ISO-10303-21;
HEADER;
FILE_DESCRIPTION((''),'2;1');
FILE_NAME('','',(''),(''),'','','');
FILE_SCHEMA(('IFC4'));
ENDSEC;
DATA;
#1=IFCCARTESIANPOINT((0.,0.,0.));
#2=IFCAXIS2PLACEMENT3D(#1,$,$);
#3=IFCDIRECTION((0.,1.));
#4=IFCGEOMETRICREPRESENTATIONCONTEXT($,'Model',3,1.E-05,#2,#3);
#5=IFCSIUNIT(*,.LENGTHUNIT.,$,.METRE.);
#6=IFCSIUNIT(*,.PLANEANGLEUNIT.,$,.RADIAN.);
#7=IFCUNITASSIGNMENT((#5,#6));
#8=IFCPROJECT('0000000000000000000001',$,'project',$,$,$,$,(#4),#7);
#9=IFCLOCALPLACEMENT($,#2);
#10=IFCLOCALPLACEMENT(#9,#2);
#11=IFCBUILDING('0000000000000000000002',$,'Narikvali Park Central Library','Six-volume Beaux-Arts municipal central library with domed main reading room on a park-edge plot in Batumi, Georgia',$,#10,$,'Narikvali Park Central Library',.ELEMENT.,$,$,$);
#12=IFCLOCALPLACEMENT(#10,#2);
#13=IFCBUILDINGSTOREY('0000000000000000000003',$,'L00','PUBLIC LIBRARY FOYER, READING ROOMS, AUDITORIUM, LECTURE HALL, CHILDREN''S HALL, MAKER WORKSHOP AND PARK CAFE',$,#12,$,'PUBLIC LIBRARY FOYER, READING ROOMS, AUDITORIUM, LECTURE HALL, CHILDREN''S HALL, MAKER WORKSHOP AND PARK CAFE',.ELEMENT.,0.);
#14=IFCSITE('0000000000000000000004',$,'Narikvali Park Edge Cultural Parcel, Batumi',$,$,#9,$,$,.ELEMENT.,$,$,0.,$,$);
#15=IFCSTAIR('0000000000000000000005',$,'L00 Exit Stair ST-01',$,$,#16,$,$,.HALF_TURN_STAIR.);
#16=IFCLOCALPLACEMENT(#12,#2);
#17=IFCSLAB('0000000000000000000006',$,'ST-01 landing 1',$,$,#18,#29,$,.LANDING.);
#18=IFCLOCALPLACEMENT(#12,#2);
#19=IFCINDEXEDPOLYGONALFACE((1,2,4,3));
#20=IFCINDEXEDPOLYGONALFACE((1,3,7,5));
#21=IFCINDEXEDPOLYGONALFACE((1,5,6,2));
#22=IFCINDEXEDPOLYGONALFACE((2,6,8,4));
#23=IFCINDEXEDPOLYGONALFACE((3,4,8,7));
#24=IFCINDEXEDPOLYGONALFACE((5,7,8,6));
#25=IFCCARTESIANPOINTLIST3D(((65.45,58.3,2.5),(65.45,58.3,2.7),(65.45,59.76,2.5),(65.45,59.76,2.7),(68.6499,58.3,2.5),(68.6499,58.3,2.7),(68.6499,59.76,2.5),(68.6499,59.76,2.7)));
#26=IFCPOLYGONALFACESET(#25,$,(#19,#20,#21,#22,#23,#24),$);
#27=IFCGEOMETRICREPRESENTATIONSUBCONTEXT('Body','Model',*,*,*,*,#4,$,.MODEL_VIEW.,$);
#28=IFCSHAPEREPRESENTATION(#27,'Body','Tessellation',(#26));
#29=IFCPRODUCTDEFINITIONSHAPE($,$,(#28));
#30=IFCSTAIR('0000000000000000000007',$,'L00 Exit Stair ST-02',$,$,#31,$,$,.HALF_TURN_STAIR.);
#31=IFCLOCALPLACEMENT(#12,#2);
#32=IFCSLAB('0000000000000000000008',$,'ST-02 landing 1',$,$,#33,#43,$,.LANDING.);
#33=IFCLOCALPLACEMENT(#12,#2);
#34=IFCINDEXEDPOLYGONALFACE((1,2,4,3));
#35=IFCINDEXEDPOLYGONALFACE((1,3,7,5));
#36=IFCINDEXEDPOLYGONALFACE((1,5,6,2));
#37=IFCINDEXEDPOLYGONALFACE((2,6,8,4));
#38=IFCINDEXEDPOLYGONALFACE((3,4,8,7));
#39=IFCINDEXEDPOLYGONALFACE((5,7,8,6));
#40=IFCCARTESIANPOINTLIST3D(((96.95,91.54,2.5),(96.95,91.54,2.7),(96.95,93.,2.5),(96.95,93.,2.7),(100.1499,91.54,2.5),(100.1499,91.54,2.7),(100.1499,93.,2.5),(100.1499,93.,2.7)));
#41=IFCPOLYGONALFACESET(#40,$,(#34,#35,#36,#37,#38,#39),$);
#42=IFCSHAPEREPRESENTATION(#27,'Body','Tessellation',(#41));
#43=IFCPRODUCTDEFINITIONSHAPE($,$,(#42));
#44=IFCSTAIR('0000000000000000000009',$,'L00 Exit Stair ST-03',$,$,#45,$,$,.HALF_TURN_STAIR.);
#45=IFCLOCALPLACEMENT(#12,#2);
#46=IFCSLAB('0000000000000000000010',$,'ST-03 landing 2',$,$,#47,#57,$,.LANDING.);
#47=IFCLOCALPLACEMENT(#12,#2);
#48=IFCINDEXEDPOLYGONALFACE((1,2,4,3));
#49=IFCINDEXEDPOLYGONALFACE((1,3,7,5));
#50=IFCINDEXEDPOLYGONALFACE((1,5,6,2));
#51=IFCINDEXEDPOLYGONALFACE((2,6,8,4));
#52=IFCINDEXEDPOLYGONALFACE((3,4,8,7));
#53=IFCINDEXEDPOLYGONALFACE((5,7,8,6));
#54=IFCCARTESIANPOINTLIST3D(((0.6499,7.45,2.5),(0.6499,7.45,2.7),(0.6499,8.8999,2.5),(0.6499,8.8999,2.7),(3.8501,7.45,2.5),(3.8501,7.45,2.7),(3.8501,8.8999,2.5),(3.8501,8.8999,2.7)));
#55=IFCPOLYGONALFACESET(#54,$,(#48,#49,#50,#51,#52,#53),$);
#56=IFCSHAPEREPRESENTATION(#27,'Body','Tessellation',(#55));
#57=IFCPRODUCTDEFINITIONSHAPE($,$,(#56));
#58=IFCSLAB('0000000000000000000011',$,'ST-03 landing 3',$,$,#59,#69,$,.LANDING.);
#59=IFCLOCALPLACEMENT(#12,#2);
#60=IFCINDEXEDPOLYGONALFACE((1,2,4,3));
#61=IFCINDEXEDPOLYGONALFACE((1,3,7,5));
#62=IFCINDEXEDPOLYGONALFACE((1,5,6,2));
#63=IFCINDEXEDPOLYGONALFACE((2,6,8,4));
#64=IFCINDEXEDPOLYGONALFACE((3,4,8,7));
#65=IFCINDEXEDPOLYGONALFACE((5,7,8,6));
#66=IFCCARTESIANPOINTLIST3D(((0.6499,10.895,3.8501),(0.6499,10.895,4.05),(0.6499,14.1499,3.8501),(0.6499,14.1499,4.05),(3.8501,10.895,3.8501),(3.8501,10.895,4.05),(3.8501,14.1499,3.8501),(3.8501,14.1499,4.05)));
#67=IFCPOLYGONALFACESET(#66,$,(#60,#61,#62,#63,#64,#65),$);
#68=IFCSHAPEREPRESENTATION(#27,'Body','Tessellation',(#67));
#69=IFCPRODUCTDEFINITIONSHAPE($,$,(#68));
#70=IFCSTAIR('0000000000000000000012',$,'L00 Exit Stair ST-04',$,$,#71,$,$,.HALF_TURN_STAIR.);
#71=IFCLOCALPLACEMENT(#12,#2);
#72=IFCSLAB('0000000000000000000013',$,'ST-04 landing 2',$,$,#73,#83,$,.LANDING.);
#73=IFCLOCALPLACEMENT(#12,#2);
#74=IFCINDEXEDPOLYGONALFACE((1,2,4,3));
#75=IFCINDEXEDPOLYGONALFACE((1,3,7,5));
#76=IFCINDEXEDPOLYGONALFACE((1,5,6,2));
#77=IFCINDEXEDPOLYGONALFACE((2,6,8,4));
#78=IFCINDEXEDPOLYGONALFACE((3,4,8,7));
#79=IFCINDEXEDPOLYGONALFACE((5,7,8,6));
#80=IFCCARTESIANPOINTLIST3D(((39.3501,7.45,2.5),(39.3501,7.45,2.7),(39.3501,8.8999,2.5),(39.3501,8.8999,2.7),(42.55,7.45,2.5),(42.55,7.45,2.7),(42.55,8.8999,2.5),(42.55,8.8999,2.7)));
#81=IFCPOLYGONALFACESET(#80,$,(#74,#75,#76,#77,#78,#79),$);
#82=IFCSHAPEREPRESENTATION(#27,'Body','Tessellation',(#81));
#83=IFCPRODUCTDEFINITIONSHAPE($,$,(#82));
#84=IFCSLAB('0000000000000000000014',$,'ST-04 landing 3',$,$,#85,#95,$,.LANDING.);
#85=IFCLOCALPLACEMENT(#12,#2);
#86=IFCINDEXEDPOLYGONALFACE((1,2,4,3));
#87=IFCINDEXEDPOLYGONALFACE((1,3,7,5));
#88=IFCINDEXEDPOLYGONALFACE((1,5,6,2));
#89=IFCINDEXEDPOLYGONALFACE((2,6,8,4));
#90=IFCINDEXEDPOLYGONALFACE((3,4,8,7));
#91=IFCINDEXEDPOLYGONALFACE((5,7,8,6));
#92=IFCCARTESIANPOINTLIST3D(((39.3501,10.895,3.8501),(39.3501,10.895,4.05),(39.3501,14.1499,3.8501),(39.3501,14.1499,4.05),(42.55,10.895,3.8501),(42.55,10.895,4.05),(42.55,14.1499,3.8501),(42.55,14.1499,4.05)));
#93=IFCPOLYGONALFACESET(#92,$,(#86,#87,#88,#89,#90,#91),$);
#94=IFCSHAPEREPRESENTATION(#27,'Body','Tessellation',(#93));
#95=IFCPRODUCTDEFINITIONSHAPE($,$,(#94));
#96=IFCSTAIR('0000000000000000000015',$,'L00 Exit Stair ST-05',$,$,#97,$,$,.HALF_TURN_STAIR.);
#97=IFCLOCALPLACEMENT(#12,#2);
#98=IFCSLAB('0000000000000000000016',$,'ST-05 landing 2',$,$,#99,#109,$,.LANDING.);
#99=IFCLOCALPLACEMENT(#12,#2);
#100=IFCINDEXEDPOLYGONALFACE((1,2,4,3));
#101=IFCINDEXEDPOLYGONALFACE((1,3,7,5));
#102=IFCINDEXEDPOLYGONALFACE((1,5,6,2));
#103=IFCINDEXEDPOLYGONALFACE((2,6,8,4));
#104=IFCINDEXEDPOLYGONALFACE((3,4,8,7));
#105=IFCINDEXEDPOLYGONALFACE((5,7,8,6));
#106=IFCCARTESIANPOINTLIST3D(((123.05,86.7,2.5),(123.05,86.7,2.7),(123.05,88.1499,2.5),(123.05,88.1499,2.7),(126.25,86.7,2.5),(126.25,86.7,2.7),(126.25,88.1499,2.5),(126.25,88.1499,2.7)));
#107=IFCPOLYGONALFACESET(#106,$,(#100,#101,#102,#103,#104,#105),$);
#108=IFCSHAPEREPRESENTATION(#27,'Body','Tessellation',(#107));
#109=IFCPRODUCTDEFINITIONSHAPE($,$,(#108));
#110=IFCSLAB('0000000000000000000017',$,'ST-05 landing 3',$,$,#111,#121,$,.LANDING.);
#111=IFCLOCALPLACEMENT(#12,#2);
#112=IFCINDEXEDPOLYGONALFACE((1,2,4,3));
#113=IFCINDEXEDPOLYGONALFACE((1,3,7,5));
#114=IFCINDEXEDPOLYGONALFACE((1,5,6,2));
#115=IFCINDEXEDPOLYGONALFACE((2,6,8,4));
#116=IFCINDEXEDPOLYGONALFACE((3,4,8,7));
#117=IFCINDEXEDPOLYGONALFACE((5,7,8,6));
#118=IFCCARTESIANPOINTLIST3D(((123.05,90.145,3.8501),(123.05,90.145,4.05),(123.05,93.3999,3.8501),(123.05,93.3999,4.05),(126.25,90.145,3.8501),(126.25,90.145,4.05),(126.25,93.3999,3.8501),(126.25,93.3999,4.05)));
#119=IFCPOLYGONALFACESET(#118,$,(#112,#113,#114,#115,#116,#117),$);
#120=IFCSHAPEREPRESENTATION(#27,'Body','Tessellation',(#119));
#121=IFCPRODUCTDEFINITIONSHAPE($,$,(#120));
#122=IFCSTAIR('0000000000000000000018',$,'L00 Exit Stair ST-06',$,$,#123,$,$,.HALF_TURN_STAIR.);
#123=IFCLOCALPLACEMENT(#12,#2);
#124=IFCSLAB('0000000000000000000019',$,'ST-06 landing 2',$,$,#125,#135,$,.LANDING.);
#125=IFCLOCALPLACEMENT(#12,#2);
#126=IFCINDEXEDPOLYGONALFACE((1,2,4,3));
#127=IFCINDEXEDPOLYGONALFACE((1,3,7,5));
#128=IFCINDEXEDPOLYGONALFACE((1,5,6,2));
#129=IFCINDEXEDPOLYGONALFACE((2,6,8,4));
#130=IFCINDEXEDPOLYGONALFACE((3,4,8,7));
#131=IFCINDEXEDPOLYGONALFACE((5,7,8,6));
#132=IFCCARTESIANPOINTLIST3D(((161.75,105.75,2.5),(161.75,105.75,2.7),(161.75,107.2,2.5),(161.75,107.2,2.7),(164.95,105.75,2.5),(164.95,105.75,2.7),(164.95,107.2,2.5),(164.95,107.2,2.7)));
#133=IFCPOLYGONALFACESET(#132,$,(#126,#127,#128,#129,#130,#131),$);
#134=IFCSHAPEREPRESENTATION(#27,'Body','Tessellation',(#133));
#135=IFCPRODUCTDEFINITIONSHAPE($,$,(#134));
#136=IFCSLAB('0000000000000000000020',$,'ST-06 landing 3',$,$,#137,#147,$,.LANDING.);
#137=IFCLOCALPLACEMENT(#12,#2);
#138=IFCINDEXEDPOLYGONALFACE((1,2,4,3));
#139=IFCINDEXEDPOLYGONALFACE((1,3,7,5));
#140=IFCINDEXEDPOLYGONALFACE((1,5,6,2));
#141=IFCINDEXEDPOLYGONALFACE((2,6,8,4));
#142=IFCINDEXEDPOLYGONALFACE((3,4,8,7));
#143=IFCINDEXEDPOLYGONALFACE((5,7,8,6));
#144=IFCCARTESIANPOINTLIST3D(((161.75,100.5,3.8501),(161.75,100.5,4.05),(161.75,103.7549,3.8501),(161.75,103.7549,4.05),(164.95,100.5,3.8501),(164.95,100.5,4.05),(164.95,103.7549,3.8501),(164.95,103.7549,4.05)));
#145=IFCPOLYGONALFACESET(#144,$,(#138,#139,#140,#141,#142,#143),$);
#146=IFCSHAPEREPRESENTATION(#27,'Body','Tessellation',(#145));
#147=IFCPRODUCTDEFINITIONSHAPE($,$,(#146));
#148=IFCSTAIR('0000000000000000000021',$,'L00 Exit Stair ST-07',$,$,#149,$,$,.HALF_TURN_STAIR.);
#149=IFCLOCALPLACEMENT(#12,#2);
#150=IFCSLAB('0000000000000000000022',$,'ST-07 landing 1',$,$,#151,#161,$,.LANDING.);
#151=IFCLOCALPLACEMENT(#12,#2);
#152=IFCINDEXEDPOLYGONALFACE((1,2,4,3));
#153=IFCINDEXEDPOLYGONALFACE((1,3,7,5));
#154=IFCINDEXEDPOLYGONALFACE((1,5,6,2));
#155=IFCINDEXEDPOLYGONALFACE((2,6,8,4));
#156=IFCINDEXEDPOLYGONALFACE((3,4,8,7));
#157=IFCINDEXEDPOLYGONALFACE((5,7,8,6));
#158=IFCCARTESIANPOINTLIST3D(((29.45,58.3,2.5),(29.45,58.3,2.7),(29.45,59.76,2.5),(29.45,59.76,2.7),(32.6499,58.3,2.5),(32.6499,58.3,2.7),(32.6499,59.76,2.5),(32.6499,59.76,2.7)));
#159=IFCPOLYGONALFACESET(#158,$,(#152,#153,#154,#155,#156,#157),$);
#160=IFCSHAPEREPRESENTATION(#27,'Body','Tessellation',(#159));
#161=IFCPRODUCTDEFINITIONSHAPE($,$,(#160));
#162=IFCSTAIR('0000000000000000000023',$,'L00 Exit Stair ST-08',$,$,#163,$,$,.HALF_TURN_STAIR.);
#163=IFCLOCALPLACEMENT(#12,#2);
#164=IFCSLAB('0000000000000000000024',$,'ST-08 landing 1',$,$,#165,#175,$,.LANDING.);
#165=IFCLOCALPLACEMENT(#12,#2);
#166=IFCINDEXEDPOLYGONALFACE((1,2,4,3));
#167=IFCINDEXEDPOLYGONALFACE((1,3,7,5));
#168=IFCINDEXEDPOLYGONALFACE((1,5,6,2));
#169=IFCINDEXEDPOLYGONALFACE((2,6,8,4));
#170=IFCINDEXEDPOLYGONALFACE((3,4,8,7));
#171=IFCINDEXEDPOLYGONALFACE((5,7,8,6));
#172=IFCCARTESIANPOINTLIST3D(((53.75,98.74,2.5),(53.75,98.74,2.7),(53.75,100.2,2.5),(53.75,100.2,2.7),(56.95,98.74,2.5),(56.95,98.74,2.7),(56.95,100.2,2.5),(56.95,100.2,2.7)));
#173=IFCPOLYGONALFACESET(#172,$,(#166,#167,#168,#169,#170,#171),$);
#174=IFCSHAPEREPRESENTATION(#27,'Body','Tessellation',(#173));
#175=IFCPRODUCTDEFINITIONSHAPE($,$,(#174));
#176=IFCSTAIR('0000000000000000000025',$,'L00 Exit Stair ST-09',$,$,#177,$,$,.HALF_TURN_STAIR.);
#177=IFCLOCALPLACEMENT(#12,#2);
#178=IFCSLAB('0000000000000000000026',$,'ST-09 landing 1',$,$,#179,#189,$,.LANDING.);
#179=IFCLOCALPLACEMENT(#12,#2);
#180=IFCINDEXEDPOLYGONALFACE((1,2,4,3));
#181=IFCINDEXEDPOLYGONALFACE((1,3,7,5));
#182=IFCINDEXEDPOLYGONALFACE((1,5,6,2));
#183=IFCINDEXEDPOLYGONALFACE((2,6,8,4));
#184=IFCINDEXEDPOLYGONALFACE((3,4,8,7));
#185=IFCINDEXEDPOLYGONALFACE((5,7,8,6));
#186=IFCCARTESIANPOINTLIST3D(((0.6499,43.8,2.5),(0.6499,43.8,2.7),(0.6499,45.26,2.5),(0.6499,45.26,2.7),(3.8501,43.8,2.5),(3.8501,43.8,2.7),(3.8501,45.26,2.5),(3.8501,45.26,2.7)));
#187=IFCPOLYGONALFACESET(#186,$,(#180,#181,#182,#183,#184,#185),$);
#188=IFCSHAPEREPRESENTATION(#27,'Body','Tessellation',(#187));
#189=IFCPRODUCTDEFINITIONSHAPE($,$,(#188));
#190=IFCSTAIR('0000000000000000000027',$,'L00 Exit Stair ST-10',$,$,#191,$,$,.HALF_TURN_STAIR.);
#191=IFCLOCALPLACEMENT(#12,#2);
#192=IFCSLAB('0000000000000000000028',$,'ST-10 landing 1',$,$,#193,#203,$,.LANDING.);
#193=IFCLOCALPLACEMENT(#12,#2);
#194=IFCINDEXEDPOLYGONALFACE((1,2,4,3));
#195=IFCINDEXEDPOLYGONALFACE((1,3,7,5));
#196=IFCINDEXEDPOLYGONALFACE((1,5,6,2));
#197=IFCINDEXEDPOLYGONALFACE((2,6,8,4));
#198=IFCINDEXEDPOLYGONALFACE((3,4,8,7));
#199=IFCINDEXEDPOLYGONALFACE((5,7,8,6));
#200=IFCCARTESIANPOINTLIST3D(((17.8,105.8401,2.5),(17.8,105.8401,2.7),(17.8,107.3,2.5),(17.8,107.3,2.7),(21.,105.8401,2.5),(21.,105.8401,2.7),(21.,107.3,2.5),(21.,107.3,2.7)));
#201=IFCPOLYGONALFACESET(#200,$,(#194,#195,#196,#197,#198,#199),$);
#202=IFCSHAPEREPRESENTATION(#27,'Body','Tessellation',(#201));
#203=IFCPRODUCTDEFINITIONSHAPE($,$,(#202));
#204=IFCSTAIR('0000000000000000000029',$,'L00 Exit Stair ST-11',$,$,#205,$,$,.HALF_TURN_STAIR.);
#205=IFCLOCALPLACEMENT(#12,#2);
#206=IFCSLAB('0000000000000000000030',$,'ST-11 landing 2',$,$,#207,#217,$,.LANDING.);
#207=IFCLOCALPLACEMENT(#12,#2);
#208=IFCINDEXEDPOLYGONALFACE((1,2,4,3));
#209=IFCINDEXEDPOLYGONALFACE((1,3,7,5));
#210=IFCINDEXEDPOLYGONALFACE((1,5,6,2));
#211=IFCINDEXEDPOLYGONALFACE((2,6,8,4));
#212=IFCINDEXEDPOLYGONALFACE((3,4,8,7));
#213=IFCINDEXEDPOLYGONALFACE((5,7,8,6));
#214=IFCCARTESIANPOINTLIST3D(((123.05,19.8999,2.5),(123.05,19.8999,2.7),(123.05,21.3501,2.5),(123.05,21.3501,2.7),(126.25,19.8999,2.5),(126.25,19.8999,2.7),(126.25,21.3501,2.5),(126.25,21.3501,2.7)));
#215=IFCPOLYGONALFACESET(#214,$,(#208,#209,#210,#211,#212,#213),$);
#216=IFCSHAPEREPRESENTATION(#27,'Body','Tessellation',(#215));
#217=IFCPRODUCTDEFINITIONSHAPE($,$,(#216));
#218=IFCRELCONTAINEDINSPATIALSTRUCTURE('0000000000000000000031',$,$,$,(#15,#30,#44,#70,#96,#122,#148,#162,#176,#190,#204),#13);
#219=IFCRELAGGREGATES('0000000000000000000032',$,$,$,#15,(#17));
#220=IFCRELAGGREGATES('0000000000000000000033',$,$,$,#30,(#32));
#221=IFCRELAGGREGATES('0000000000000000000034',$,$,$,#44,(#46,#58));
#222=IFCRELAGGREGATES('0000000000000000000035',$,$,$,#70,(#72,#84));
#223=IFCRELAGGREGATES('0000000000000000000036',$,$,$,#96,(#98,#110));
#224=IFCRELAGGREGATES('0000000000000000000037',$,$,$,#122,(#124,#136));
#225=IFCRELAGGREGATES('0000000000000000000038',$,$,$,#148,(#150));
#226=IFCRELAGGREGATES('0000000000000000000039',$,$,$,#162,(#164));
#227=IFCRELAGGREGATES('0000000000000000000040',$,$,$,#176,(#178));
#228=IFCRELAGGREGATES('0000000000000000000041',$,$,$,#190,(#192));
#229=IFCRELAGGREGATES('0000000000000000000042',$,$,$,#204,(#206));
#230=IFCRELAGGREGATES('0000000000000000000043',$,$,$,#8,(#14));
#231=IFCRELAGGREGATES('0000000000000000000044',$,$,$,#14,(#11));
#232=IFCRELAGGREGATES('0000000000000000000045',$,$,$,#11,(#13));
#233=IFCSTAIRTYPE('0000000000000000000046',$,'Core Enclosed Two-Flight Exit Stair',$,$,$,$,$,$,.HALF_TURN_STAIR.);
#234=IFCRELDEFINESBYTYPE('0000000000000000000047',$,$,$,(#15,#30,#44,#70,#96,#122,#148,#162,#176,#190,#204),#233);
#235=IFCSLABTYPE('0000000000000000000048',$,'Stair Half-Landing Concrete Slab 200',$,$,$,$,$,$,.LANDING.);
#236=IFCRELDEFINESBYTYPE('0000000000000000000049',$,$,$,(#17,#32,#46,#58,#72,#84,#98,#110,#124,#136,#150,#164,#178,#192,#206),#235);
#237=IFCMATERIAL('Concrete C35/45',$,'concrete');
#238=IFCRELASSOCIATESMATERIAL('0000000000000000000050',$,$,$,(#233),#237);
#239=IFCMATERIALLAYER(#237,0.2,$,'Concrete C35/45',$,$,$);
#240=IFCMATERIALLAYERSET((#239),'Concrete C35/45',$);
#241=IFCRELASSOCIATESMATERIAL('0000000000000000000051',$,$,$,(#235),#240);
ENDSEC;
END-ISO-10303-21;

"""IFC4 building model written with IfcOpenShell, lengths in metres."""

from ifc_helpers import new_model, si_unit, direction, frame, origin, place, context, subcontext, project, spatial, polyline, outline, extrude, material, layer, layer_set, type_object, element, aggregate, save


model = new_model("IFC4")

# Units and contexts
model_context = context("Model", 3, precision=1e-05, world=origin(), true_north=direction((0.0, 1.0)))
body_context = subcontext(model_context, "Body", "Model", "MODEL_VIEW")
ifc_project = project(units=[si_unit("LENGTHUNIT", "METRE"), si_unit("PLANEANGLEUNIT", "RADIAN")], contexts=[model_context])

# Site, building, storey
site_placement = place(None, origin())
site = spatial("IfcSite", under=ifc_project, at=site_placement, Name="Narikvali Park Edge Cultural Parcel, Batumi", CompositionType="ELEMENT", RefElevation=0.0)
building_placement = place(site_placement, origin())
building = spatial("IfcBuilding", under=site, at=building_placement, Name="Narikvali Park Central Library", Description="Six-volume Beaux-Arts municipal central library with domed main reading room on a park-edge plot in Batumi, Georgia", LongName="Narikvali Park Central Library", CompositionType="ELEMENT")
storey_placement = place(building_placement, origin())
storey = spatial("IfcBuildingStorey", under=building, at=storey_placement, Name="L00", Description="PUBLIC LIBRARY FOYER, READING ROOMS, AUDITORIUM, LECTURE HALL, CHILDREN'S HALL, MAKER WORKSHOP AND PARK CAFE", LongName="PUBLIC LIBRARY FOYER, READING ROOMS, AUDITORIUM, LECTURE HALL, CHILDREN'S HALL, MAKER WORKSHOP AND PARK CAFE", CompositionType="ELEMENT", Elevation=0.0)

# Stairs, slabs
ifc_material_1 = material(Name="Concrete C35/45", Category="concrete")
stair_type_1 = type_object("IfcStairType", Name="Core Enclosed Two-Flight Exit Stair", PredefinedType="HALF_TURN_STAIR", material=ifc_material_1)
stair_1_placement = place(storey_placement, origin())
stair_1 = element("IfcStair", 1, at=stair_1_placement, inside=storey, type_object=stair_type_1, Name="L00 Exit Stair ST-01", PredefinedType="HALF_TURN_STAIR")
ifc_layer_1 = layer(ifc_material_1, 0.2, Name="Concrete C35/45")
ifc_layer_set_1 = layer_set([ifc_layer_1], Name="Concrete C35/45")
slab_type = type_object("IfcSlabType", Name="Stair Half-Landing Concrete Slab 200", PredefinedType="LANDING", material=ifc_layer_set_1)
slab_1_placement = place(storey_placement, frame((0.0, 0.0, 2.5)))
slab_1 = element("IfcSlab", 2, at=slab_1_placement, type_object=slab_type, Name="ST-01 landing 1", PredefinedType="LANDING", context=body_context, shape_type="SweptSolid", body=[
    extrude(outline(polyline([(65.45, 59.76), (65.45, 58.3), (68.6499, 58.3), (68.6499, 59.76), (65.45, 59.76)])), origin(), (0.0, 0.0, 1.0), 0.2),
])
aggregate(stair_1, [slab_1])
stair_2_placement = place(storey_placement, origin())
stair_2 = element("IfcStair", 3, at=stair_2_placement, inside=storey, type_object=stair_type_1, Name="L00 Exit Stair ST-02", PredefinedType="HALF_TURN_STAIR")
slab_2_placement = place(storey_placement, frame((0.0, 0.0, 2.5)))
slab_2 = element("IfcSlab", 4, at=slab_2_placement, type_object=slab_type, Name="ST-02 landing 1", PredefinedType="LANDING", context=body_context, shape_type="SweptSolid", body=[
    extrude(outline(polyline([(100.1499, 91.54), (100.1499, 93.0), (96.95, 93.0), (96.95, 91.54), (100.1499, 91.54)])), origin(), (0.0, 0.0, 1.0), 0.2),
])
aggregate(stair_2, [slab_2])

# Stairs, slabs
stair_3_placement = place(storey_placement, origin())
stair_3 = element("IfcStair", 5, at=stair_3_placement, inside=storey, type_object=stair_type_1, Name="L00 Exit Stair ST-03", PredefinedType="HALF_TURN_STAIR")
slab_3_placement = place(storey_placement, frame((0.0, 0.0, 2.5)))
slab_3 = element("IfcSlab", 6, at=slab_3_placement, type_object=slab_type, Name="ST-03 landing 2", PredefinedType="LANDING", context=body_context, shape_type="SweptSolid", body=[
    extrude(outline(polyline([(3.8501, 7.45), (3.8501, 8.8999), (0.6499, 8.8999), (0.6499, 7.45), (3.8501, 7.45)])), origin(), (0.0, 0.0, 1.0), 0.2),
])
slab_4_placement = place(storey_placement, frame((0.0, 0.0, 3.8501)))
slab_4 = element("IfcSlab", 7, at=slab_4_placement, type_object=slab_type, Name="ST-03 landing 3", PredefinedType="LANDING", context=body_context, shape_type="SweptSolid", body=[
    extrude(outline(polyline([(3.8501, 10.895), (3.8501, 14.1499), (0.6499, 14.1499), (0.6499, 10.895), (3.8501, 10.895)])), origin(), (0.0, 0.0, 1.0), 0.2),
])
aggregate(stair_3, [slab_3, slab_4])
stair_4_placement = place(storey_placement, origin())
stair_4 = element("IfcStair", 8, at=stair_4_placement, inside=storey, type_object=stair_type_1, Name="L00 Exit Stair ST-04", PredefinedType="HALF_TURN_STAIR")
slab_5_placement = place(storey_placement, frame((0.0, 0.0, 2.5)))
slab_5 = element("IfcSlab", 9, at=slab_5_placement, type_object=slab_type, Name="ST-04 landing 2", PredefinedType="LANDING", context=body_context, shape_type="SweptSolid", body=[
    extrude(outline(polyline([(42.55, 7.45), (42.55, 8.8999), (39.3501, 8.8999), (39.3501, 7.45), (42.55, 7.45)])), origin(), (0.0, 0.0, 1.0), 0.2),
])
slab_6_placement = place(storey_placement, frame((0.0, 0.0, 3.8501)))
slab_6 = element("IfcSlab", 10, at=slab_6_placement, type_object=slab_type, Name="ST-04 landing 3", PredefinedType="LANDING", context=body_context, shape_type="SweptSolid", body=[
    extrude(outline(polyline([(42.55, 10.895), (42.55, 14.1499), (39.3501, 14.1499), (39.3501, 10.895), (42.55, 10.895)])), origin(), (0.0, 0.0, 1.0), 0.2),
])
aggregate(stair_4, [slab_5, slab_6])
stair_5_placement = place(storey_placement, origin())
stair_5 = element("IfcStair", 11, at=stair_5_placement, inside=storey, type_object=stair_type_1, Name="L00 Exit Stair ST-05", PredefinedType="HALF_TURN_STAIR")
slab_7_placement = place(storey_placement, frame((0.0, 0.0, 2.5)))
slab_7 = element("IfcSlab", 12, at=slab_7_placement, type_object=slab_type, Name="ST-05 landing 2", PredefinedType="LANDING", context=body_context, shape_type="SweptSolid", body=[
    extrude(outline(polyline([(126.25, 86.7), (126.25, 88.1499), (123.05, 88.1499), (123.05, 86.7), (126.25, 86.7)])), origin(), (0.0, 0.0, 1.0), 0.2),
])
slab_8_placement = place(storey_placement, frame((0.0, 0.0, 3.8501)))
slab_8 = element("IfcSlab", 13, at=slab_8_placement, type_object=slab_type, Name="ST-05 landing 3", PredefinedType="LANDING", context=body_context, shape_type="SweptSolid", body=[
    extrude(outline(polyline([(126.25, 90.145), (126.25, 93.3999), (123.05, 93.3999), (123.05, 90.145), (126.25, 90.145)])), origin(), (0.0, 0.0, 1.0), 0.2),
])
aggregate(stair_5, [slab_7, slab_8])
stair_6_placement = place(storey_placement, origin())
stair_6 = element("IfcStair", 14, at=stair_6_placement, inside=storey, type_object=stair_type_1, Name="L00 Exit Stair ST-06", PredefinedType="HALF_TURN_STAIR")
slab_9_placement = place(storey_placement, frame((0.0, 0.0, 2.5)))
slab_9 = element("IfcSlab", 15, at=slab_9_placement, type_object=slab_type, Name="ST-06 landing 2", PredefinedType="LANDING", context=body_context, shape_type="SweptSolid", body=[
    extrude(outline(polyline([(161.75, 107.2), (161.75, 105.75), (164.95, 105.75), (164.95, 107.2), (161.75, 107.2)])), origin(), (0.0, 0.0, 1.0), 0.2),
])
slab_10_placement = place(storey_placement, frame((0.0, 0.0, 3.8501)))
slab_10 = element("IfcSlab", 16, at=slab_10_placement, type_object=slab_type, Name="ST-06 landing 3", PredefinedType="LANDING", context=body_context, shape_type="SweptSolid", body=[
    extrude(outline(polyline([(161.75, 103.7549), (161.75, 100.5), (164.95, 100.5), (164.95, 103.7549), (161.75, 103.7549)])), origin(), (0.0, 0.0, 1.0), 0.2),
])
aggregate(stair_6, [slab_9, slab_10])

# Stairs, slabs
stair_7_placement = place(storey_placement, origin())
stair_7 = element("IfcStair", 17, at=stair_7_placement, inside=storey, type_object=stair_type_1, Name="L00 Exit Stair ST-07", PredefinedType="HALF_TURN_STAIR")
slab_11_placement = place(storey_placement, frame((0.0, 0.0, 2.5)))
slab_11 = element("IfcSlab", 18, at=slab_11_placement, type_object=slab_type, Name="ST-07 landing 1", PredefinedType="LANDING", context=body_context, shape_type="SweptSolid", body=[
    extrude(outline(polyline([(29.45, 59.76), (29.45, 58.3), (32.6499, 58.3), (32.6499, 59.76), (29.45, 59.76)])), origin(), (0.0, 0.0, 1.0), 0.2),
])
aggregate(stair_7, [slab_11])
stair_8_placement = place(storey_placement, origin())
stair_8 = element("IfcStair", 19, at=stair_8_placement, inside=storey, type_object=stair_type_1, Name="L00 Exit Stair ST-08", PredefinedType="HALF_TURN_STAIR")
slab_12_placement = place(storey_placement, frame((0.0, 0.0, 2.5)))
slab_12 = element("IfcSlab", 20, at=slab_12_placement, type_object=slab_type, Name="ST-08 landing 1", PredefinedType="LANDING", context=body_context, shape_type="SweptSolid", body=[
    extrude(outline(polyline([(56.95, 98.74), (56.95, 100.2), (53.75, 100.2), (53.75, 98.74), (56.95, 98.74)])), origin(), (0.0, 0.0, 1.0), 0.2),
])
aggregate(stair_8, [slab_12])
stair_9_placement = place(storey_placement, origin())
stair_9 = element("IfcStair", 21, at=stair_9_placement, inside=storey, type_object=stair_type_1, Name="L00 Exit Stair ST-09", PredefinedType="HALF_TURN_STAIR")
slab_13_placement = place(storey_placement, frame((0.0, 0.0, 2.5)))
slab_13 = element("IfcSlab", 22, at=slab_13_placement, type_object=slab_type, Name="ST-09 landing 1", PredefinedType="LANDING", context=body_context, shape_type="SweptSolid", body=[
    extrude(outline(polyline([(0.6499, 45.26), (0.6499, 43.8), (3.8501, 43.8), (3.8501, 45.26), (0.6499, 45.26)])), origin(), (0.0, 0.0, 1.0), 0.2),
])
aggregate(stair_9, [slab_13])
stair_10_placement = place(storey_placement, origin())
stair_10 = element("IfcStair", 23, at=stair_10_placement, inside=storey, type_object=stair_type_1, Name="L00 Exit Stair ST-10", PredefinedType="HALF_TURN_STAIR")
slab_14_placement = place(storey_placement, frame((0.0, 0.0, 2.5)))
slab_14 = element("IfcSlab", 24, at=slab_14_placement, type_object=slab_type, Name="ST-10 landing 1", PredefinedType="LANDING", context=body_context, shape_type="SweptSolid", body=[
    extrude(outline(polyline([(21.0, 105.8401), (21.0, 107.3), (17.8, 107.3), (17.8, 105.8401), (21.0, 105.8401)])), origin(), (0.0, 0.0, 1.0), 0.2),
])
aggregate(stair_10, [slab_14])

# Stair, slab
stair_11_placement = place(storey_placement, origin())
stair_11 = element("IfcStair", 25, at=stair_11_placement, inside=storey, type_object=stair_type_1, Name="L00 Exit Stair ST-11", PredefinedType="HALF_TURN_STAIR")
slab_15_placement = place(storey_placement, frame((0.0, 0.0, 2.5)))
slab_15 = element("IfcSlab", 26, at=slab_15_placement, type_object=slab_type, Name="ST-11 landing 2", PredefinedType="LANDING", context=body_context, shape_type="SweptSolid", body=[
    extrude(outline(polyline([(123.05, 21.3501), (123.05, 19.8999), (126.25, 19.8999), (126.25, 21.3501), (123.05, 21.3501)])), origin(), (0.0, 0.0, 1.0), 0.2),
])
aggregate(stair_11, [slab_15])

save(model, "model.ifc")
